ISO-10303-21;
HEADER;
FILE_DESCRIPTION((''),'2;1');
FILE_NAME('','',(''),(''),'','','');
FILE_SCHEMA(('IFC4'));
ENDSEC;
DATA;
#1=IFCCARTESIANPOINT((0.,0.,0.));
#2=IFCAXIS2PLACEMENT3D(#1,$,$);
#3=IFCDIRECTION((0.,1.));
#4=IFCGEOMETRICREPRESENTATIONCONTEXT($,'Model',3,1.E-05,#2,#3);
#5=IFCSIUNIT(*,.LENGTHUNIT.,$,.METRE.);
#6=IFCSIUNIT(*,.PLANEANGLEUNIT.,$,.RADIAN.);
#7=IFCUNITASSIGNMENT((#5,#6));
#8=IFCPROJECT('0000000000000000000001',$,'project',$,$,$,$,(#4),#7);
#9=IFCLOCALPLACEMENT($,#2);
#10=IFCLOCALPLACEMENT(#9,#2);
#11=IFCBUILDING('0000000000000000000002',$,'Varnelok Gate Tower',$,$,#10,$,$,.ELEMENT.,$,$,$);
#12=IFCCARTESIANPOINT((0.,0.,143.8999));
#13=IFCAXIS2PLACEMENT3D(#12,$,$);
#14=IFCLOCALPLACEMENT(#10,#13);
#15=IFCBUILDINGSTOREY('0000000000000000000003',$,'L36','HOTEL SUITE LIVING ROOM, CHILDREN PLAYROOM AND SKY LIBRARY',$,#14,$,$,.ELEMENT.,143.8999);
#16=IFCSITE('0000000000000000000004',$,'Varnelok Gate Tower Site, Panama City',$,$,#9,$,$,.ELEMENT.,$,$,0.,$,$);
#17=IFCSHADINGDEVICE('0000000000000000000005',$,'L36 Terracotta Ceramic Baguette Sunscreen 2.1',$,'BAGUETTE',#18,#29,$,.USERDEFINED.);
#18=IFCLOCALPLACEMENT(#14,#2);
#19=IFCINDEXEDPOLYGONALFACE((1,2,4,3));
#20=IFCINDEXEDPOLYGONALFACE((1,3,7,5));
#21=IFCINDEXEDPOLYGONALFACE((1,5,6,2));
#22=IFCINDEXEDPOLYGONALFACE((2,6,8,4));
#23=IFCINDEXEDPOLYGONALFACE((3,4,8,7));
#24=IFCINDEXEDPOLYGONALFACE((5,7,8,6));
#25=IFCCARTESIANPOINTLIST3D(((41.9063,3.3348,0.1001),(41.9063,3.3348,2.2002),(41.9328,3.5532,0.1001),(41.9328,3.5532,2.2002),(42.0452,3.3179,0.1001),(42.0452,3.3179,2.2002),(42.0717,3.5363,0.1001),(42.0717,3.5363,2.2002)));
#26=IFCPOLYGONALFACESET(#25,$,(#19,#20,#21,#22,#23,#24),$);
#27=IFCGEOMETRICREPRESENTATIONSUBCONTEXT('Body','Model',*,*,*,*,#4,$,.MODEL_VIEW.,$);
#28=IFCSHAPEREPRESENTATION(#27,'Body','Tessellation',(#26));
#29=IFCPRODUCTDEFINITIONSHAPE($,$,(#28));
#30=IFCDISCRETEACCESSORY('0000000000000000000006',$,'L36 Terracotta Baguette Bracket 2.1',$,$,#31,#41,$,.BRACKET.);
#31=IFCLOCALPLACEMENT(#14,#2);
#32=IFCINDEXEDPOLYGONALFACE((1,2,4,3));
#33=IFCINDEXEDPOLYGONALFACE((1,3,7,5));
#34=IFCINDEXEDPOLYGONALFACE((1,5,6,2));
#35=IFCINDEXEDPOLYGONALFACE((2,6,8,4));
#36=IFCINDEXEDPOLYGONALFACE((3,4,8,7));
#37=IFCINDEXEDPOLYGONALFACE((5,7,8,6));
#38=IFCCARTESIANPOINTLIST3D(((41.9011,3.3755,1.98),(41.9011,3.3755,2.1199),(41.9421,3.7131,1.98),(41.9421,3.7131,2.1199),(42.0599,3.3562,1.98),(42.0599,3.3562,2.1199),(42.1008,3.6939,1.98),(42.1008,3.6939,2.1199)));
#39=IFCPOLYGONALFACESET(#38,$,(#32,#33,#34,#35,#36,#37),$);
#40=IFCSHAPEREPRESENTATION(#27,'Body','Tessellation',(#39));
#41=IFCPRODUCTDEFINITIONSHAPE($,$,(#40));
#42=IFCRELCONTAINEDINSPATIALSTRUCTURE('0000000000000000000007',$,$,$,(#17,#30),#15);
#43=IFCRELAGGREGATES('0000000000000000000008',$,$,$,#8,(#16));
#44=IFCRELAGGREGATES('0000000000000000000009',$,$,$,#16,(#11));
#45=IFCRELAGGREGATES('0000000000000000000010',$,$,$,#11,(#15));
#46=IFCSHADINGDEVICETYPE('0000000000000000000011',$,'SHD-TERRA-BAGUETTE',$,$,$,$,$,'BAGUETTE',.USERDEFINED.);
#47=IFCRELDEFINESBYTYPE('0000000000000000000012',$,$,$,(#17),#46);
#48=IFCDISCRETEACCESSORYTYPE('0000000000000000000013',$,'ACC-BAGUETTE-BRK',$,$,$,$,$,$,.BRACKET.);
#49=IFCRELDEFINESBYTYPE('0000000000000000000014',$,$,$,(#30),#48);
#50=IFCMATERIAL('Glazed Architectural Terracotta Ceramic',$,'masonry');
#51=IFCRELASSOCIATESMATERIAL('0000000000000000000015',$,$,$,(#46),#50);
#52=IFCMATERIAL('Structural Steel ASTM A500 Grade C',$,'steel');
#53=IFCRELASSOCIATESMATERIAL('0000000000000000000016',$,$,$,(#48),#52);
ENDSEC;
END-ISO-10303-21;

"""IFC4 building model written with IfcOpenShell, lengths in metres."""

from ifc_helpers import new_model, si_unit, direction, frame, origin, origin_2d, place, context, subcontext, project, spatial, rectangle, extrude, source, transform, mapped, material, type_object, element, save


model = new_model("IFC4")

# Units and contexts
model_context = context("Model", 3, precision=1e-05, world=origin(), true_north=direction((0.0, 1.0)))
body_context = subcontext(model_context, "Body", "Model", "MODEL_VIEW")
ifc_project = project(units=[si_unit("LENGTHUNIT", "METRE"), si_unit("PLANEANGLEUNIT", "RADIAN")], contexts=[model_context])

# Site, building, storey
site_placement = place(None, origin())
site = spatial("IfcSite", under=ifc_project, at=site_placement, Name="Varnelok Gate Tower Site, Panama City", CompositionType="ELEMENT", RefElevation=0.0)
building_placement = place(site_placement, origin())
building = spatial("IfcBuilding", under=site, at=building_placement, Name="Varnelok Gate Tower", CompositionType="ELEMENT")
storey_placement = place(building_placement, frame((0.0, 0.0, 143.8999)))
storey = spatial("IfcBuildingStorey", under=building, at=storey_placement, Name="L36", Description="HOTEL SUITE LIVING ROOM, CHILDREN PLAYROOM AND SKY LIBRARY", CompositionType="ELEMENT", Elevation=143.8999)

# Shading device
ifc_material_1 = material(Name="Glazed Architectural Terracotta Ceramic", Category="masonry")
shading_device_type = type_object("IfcShadingDeviceType", Name="SHD-TERRA-BAGUETTE", ElementType="BAGUETTE", PredefinedType="USERDEFINED", material=ifc_material_1)
shared_shape_1 = source(origin(), body_context, "Body", "SweptSolid", [
    extrude(rectangle(XDim=0.1399, YDim=0.22, at=origin_2d()), origin(), (0.0, 0.0, 1.0), 2.1001),
])
shading_device_placement = place(storey_placement, frame((41.989, 3.4355, 0.1001), z_axis=(0.0, 0.0, 1.0), x_axis=(0.992732, -0.120345, 0.0)))
element("IfcShadingDevice", 1, at=shading_device_placement, inside=storey, type_object=shading_device_type, Name="L36 Terracotta Ceramic Baguette Sunscreen 2.1", ObjectType="BAGUETTE", PredefinedType="USERDEFINED", context=body_context, shape_type="MappedRepresentation", body=[
    mapped(shared_shape_1, transform((0.0, 0.0, 0.0), scale=1.0)),
])

# Discrete accessory
ifc_material_2 = material(Name="Structural Steel ASTM A500 Grade C", Category="steel")
discrete_accessory_type = type_object("IfcDiscreteAccessoryType", Name="ACC-BAGUETTE-BRK", PredefinedType="BRACKET", material=ifc_material_2)
shared_shape_2 = source(origin(), body_context, "Body", "SweptSolid", [
    extrude(rectangle(XDim=0.1599, YDim=0.3401, at=origin_2d()), origin(), (0.0, 0.0, 1.0), 0.1399),
])
discrete_accessory_placement = place(storey_placement, frame((42.001, 3.5347, 1.98), z_axis=(0.0, 0.0, 1.0), x_axis=(0.992732, -0.120345, 0.0)))
element("IfcDiscreteAccessory", 2, at=discrete_accessory_placement, inside=storey, type_object=discrete_accessory_type, Name="L36 Terracotta Baguette Bracket 2.1", PredefinedType="BRACKET", context=body_context, shape_type="MappedRepresentation", body=[
    mapped(shared_shape_2, transform((0.0, 0.0, 0.0), scale=1.0)),
])

save(model, "model.ifc")
